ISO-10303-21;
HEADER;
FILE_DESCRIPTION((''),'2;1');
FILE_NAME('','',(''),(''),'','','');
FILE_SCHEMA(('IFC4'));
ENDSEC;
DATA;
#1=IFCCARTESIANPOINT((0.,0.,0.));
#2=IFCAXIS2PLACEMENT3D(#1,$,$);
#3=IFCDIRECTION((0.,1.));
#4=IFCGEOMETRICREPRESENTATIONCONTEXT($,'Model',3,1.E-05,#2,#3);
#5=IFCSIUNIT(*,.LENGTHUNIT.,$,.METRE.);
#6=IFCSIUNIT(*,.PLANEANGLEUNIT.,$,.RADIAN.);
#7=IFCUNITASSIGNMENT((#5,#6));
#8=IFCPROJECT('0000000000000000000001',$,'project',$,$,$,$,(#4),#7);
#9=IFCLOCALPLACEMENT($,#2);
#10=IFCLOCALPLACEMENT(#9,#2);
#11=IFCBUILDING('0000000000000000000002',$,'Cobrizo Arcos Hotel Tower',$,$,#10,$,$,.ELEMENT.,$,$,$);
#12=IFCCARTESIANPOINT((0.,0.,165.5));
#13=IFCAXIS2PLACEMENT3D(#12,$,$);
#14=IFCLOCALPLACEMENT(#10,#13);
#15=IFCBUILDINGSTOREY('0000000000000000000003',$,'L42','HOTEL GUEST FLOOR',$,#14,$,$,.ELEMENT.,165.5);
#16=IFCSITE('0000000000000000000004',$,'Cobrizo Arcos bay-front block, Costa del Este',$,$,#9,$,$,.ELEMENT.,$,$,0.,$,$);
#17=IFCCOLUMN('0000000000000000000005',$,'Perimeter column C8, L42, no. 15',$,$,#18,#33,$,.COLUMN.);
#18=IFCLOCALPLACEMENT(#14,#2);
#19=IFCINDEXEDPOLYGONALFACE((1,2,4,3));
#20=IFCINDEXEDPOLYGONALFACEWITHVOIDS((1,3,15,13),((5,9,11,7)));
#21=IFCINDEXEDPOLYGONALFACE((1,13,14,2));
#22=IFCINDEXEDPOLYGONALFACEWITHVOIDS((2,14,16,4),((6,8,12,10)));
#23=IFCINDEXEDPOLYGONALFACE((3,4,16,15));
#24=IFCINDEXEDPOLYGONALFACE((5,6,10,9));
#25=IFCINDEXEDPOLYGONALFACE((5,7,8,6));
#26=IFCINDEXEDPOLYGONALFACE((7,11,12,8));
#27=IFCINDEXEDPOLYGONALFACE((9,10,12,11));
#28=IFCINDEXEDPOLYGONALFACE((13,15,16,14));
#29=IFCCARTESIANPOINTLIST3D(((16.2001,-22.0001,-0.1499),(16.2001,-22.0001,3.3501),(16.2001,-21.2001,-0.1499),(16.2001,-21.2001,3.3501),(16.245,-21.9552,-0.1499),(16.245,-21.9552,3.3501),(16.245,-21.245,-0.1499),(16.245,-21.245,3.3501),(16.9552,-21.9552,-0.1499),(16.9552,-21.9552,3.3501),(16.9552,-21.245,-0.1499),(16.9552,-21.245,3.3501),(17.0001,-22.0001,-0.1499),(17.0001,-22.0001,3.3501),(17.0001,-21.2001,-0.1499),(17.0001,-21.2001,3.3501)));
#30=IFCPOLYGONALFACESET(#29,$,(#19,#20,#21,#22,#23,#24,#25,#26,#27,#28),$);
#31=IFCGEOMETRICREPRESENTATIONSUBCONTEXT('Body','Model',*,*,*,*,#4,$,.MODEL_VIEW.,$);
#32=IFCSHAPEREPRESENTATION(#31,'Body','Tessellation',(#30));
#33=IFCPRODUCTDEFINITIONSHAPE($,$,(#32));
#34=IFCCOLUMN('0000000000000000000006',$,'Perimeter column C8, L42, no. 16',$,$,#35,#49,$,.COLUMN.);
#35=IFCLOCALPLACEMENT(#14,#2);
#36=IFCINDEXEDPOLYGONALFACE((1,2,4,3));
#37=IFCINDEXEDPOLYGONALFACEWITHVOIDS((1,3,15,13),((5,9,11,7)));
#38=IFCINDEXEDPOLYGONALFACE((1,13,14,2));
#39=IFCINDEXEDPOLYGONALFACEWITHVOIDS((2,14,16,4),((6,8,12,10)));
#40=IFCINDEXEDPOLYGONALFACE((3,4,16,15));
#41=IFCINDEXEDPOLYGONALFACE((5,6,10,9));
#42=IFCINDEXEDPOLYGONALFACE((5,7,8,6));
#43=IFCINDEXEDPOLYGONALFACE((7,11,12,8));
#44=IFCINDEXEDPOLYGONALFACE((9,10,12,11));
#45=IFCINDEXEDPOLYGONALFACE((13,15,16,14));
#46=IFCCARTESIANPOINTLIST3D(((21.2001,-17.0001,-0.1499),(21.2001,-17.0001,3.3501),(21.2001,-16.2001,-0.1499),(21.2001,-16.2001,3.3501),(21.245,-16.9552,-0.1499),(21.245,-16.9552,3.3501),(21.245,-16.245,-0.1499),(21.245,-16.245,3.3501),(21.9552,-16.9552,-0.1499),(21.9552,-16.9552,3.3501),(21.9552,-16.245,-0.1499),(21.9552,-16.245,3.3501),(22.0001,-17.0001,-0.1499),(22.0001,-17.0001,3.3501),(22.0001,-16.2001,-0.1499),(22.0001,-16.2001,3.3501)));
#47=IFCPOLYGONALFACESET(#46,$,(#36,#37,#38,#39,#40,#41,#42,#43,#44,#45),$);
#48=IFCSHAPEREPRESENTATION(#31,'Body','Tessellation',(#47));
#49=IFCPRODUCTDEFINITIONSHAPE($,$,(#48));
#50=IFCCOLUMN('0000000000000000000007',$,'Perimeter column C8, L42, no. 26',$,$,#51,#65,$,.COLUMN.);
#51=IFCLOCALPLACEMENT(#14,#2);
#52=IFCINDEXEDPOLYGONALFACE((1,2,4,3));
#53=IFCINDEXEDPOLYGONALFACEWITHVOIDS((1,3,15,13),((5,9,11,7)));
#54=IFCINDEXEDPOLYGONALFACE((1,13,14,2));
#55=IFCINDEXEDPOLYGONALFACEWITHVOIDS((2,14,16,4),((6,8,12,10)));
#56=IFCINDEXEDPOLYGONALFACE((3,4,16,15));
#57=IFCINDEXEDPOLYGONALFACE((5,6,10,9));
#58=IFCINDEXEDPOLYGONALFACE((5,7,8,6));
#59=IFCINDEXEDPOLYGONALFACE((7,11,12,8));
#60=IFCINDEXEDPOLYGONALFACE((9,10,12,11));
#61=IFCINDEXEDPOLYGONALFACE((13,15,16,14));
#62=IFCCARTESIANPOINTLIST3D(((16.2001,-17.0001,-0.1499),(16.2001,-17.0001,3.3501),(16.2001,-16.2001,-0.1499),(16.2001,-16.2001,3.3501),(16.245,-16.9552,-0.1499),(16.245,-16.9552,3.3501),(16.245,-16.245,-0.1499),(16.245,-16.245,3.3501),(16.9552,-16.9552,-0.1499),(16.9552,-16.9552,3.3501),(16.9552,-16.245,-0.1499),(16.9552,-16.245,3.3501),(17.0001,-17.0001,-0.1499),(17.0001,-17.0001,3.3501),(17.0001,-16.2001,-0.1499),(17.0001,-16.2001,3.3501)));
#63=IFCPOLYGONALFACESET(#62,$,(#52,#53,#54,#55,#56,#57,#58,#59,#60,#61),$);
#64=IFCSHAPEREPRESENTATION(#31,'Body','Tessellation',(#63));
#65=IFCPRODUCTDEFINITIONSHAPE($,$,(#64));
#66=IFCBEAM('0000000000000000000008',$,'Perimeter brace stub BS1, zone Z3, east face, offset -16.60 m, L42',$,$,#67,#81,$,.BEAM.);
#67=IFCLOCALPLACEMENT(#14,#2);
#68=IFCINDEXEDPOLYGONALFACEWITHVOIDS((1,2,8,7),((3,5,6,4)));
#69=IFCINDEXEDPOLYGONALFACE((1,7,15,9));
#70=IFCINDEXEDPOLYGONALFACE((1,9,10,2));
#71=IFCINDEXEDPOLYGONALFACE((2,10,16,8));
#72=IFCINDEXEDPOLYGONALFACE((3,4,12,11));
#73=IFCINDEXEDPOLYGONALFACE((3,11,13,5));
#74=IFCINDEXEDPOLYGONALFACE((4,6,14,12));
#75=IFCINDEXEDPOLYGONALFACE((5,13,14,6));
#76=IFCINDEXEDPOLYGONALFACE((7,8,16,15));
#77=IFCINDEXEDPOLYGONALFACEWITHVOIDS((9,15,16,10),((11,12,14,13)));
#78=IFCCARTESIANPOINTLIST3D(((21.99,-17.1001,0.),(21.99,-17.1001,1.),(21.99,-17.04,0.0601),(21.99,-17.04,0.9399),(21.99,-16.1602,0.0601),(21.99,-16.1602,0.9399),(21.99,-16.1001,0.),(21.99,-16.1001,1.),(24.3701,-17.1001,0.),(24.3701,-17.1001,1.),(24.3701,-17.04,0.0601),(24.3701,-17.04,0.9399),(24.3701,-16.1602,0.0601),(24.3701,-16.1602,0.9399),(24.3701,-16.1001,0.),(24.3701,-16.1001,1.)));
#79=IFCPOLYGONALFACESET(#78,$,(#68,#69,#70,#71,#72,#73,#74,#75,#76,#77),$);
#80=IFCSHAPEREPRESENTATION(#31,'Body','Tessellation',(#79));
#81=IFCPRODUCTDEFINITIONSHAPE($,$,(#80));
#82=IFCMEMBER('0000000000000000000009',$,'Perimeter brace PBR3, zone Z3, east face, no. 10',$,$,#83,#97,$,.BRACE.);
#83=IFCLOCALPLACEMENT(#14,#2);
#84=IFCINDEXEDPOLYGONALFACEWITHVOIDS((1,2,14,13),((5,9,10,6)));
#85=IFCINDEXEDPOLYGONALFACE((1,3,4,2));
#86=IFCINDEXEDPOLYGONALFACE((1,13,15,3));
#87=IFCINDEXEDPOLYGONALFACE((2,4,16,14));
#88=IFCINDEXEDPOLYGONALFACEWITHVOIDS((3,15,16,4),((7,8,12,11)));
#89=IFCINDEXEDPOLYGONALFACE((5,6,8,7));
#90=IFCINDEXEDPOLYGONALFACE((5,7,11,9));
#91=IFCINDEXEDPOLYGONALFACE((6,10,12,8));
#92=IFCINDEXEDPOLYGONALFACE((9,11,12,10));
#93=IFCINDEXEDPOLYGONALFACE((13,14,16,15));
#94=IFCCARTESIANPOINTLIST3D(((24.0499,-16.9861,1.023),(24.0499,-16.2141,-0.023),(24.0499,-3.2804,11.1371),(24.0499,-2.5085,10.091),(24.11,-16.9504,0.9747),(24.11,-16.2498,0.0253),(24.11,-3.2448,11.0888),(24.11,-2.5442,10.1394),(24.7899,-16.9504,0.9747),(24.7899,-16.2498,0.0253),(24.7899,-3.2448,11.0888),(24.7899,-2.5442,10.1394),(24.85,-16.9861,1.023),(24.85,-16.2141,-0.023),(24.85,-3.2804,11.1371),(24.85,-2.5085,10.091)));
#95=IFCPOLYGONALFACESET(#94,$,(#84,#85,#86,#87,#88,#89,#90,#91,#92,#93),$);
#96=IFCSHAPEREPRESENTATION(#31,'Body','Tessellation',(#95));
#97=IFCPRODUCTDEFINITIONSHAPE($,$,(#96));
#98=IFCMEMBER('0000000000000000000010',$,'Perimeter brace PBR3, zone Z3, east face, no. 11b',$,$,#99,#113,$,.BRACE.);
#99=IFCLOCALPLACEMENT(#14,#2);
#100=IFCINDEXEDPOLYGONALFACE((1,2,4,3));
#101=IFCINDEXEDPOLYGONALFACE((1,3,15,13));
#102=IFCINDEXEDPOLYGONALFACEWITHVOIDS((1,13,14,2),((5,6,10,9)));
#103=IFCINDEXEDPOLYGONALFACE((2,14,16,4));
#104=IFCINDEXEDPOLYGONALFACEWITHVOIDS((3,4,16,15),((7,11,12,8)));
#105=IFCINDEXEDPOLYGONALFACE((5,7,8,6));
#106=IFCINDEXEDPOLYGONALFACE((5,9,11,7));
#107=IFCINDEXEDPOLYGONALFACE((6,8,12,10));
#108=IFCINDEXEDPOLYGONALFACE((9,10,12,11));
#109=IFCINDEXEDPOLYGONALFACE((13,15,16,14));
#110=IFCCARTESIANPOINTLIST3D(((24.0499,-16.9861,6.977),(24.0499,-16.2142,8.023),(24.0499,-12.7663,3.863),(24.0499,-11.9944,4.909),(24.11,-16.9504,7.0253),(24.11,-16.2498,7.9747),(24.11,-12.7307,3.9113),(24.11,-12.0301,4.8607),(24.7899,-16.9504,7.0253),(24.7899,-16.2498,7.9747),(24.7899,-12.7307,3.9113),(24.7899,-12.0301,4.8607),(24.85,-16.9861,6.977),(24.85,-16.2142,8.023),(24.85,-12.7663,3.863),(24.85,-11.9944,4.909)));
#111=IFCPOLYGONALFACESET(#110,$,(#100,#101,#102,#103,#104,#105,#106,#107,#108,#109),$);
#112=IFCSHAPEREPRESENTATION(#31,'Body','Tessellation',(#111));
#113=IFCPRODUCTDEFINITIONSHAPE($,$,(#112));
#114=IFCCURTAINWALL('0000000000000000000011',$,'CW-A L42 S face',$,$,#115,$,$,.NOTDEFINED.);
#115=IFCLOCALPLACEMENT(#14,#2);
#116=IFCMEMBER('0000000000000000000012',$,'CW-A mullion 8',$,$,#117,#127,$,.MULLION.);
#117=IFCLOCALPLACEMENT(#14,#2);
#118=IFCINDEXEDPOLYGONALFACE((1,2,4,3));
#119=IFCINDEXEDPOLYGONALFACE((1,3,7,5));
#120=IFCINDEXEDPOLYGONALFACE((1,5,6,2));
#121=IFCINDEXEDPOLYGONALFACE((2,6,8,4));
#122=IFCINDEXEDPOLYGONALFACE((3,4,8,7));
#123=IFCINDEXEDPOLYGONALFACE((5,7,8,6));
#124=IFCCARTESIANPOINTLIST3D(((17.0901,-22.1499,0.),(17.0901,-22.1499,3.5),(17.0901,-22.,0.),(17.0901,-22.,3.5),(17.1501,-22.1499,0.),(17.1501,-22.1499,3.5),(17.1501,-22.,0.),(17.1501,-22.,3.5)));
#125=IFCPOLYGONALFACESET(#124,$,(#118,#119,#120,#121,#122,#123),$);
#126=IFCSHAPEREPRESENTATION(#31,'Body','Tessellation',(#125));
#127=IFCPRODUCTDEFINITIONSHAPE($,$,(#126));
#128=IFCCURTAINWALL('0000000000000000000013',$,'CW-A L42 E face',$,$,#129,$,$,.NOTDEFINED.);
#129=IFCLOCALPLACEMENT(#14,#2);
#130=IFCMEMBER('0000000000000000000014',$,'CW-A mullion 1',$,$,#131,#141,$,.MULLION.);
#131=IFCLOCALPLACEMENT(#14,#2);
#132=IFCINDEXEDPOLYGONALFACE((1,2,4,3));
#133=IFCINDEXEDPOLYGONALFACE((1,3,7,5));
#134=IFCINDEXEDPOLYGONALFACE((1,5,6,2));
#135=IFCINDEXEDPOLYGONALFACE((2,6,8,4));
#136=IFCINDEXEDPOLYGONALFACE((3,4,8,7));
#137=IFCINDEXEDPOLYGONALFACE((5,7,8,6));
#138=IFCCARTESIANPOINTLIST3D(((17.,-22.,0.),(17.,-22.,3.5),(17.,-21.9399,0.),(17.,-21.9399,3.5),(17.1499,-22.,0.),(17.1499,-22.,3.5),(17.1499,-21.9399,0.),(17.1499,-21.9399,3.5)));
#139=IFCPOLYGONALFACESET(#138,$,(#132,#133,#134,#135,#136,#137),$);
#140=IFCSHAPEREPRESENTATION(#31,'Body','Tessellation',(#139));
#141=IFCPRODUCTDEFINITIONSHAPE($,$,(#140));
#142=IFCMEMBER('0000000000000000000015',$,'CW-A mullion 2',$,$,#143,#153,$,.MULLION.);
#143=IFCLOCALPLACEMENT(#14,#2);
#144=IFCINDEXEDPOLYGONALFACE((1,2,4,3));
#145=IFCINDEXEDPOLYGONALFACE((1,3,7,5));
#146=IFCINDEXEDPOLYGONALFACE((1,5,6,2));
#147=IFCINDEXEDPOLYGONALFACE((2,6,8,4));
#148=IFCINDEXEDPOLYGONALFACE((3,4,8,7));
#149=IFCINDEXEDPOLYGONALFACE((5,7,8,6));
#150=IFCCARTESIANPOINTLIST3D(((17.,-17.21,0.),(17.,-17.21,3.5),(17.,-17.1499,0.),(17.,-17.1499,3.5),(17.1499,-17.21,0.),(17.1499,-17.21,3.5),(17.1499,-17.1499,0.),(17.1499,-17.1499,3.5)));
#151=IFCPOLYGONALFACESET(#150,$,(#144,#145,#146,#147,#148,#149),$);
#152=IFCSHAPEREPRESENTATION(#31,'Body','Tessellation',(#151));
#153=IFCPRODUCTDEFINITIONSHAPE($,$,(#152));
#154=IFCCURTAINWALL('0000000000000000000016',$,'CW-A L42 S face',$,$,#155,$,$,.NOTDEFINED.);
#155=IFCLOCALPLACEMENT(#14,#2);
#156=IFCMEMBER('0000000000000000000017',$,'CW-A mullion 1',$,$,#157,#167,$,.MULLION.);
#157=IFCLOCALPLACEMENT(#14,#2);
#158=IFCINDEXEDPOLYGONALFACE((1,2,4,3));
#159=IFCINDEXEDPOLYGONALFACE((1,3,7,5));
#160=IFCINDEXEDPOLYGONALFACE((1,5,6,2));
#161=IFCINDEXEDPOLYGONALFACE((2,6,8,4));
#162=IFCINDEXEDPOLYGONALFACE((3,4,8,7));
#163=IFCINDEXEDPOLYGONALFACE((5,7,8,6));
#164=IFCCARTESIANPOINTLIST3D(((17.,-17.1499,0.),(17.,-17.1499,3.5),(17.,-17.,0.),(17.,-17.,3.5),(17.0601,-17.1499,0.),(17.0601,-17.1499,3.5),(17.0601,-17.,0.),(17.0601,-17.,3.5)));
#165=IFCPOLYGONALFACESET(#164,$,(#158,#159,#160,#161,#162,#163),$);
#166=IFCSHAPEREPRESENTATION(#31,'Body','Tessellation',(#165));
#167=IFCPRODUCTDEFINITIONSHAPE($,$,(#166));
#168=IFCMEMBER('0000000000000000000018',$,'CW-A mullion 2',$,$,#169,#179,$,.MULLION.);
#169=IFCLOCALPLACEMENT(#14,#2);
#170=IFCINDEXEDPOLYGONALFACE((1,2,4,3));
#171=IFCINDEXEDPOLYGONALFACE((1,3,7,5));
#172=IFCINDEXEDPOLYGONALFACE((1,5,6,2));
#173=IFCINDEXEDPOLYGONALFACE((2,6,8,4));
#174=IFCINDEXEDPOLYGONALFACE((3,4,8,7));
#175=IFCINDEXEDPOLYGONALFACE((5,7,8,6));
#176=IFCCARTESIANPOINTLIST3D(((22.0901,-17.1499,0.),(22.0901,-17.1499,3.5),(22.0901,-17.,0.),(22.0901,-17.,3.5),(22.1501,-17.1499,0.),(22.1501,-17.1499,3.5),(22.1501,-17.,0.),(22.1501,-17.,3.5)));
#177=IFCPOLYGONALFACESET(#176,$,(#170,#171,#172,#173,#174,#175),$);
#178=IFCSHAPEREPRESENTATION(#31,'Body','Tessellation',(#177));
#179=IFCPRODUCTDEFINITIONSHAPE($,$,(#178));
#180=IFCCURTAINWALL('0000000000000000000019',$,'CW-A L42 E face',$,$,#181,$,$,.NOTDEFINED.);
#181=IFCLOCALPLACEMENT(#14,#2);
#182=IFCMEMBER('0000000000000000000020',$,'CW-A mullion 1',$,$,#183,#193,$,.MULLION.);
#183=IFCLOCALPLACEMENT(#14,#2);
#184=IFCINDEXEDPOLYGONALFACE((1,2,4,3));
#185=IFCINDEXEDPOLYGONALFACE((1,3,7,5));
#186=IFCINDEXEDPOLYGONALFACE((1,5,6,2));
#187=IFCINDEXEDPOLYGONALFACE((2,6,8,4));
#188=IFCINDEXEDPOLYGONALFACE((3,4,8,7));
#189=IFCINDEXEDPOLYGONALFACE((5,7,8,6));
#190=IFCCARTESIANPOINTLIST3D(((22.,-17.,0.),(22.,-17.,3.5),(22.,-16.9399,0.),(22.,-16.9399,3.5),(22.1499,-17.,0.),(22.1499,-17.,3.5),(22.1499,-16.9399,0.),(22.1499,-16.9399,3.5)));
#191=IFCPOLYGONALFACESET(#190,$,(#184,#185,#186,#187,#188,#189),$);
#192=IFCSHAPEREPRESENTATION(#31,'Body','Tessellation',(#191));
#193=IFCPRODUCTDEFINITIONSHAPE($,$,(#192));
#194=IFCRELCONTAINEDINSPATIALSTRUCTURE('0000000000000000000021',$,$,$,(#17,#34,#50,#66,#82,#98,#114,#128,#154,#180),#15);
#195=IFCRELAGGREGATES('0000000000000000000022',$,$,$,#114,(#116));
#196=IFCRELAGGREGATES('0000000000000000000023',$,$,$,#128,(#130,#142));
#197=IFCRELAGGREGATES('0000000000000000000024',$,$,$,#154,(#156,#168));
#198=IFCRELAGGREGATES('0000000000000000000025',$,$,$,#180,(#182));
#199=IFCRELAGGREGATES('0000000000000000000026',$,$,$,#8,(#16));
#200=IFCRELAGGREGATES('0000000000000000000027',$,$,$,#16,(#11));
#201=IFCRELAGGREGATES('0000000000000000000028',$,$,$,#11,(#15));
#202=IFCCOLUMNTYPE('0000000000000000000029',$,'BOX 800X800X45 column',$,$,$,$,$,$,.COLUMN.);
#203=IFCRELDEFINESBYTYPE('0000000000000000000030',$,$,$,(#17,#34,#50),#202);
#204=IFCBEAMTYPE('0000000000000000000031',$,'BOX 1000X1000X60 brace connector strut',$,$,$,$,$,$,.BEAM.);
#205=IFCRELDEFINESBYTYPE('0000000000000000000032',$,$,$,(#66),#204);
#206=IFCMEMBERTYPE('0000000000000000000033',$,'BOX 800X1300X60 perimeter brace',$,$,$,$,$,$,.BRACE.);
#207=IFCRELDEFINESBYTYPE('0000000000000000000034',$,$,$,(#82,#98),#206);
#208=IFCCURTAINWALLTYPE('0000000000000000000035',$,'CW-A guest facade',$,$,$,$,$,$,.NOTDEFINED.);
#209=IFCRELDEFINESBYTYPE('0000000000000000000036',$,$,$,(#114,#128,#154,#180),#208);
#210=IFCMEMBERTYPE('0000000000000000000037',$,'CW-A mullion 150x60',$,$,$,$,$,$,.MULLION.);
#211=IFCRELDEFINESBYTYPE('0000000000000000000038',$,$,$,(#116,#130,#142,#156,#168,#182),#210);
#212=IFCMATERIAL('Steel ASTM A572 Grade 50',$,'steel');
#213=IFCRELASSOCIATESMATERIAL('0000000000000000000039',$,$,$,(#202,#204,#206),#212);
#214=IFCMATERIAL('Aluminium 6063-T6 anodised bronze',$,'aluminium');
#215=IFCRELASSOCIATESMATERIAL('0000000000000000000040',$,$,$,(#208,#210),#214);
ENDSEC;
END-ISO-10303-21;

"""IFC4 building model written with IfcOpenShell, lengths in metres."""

from ifc_helpers import new_model, si_unit, direction, frame, origin, origin_2d, place, context, subcontext, project, spatial, rectangle, hollow_rectangle, extrude, material, material_profile, profile_set, type_object, element, aggregate, save


model = new_model("IFC4")

# Units and contexts
model_context = context("Model", 3, precision=1e-05, world=origin(), true_north=direction((0.0, 1.0)))
body_context = subcontext(model_context, "Body", "Model", "MODEL_VIEW")
ifc_project = project(units=[si_unit("LENGTHUNIT", "METRE"), si_unit("PLANEANGLEUNIT", "RADIAN")], contexts=[model_context])

# Site, building, storey
site_placement = place(None, origin())
site = spatial("IfcSite", under=ifc_project, at=site_placement, Name="Cobrizo Arcos bay-front block, Costa del Este", CompositionType="ELEMENT", RefElevation=0.0)
building_placement = place(site_placement, origin())
building = spatial("IfcBuilding", under=site, at=building_placement, Name="Cobrizo Arcos Hotel Tower", CompositionType="ELEMENT")
storey_placement = place(building_placement, frame((0.0, 0.0, 165.5)))
storey = spatial("IfcBuildingStorey", under=building, at=storey_placement, Name="L42", Description="HOTEL GUEST FLOOR", CompositionType="ELEMENT", Elevation=165.5)

# Columns
ifc_material_1 = material(Name="Steel ASTM A572 Grade 50", Category="steel")
ifc_material_profile_1 = material_profile(ifc_material_1, hollow_rectangle(XDim=0.8, YDim=0.8, WallThickness=0.0449, at=origin_2d()), Name="BOX 800X800X45")
ifc_profile_set_1 = profile_set([ifc_material_profile_1], Name="Steel ASTM A572 Grade 50")
column_type = type_object("IfcColumnType", Name="BOX 800X800X45 column", PredefinedType="COLUMN", material=ifc_profile_set_1)
for number, where, z_axis, x_axis, name in (
    (1, (16.6001, -21.6001, -0.1499), (0.0, 0.0, 1.0), (1.0, 0.0, 0.0), "Perimeter column C8, L42, no. 15"),
    (2, (21.6001, -16.6001, -0.1499), (0.0, 0.0, 1.0), (1.0, 0.0, 0.0), "Perimeter column C8, L42, no. 16"),
    (3, (16.6001, -16.6001, -0.1499), (0.0, 0.0, 1.0), (1.0, 0.0, 0.0), "Perimeter column C8, L42, no. 26"),
):
    element("IfcColumn", number, at=place(storey_placement, frame(where, z_axis=z_axis, x_axis=x_axis)), inside=storey, type_object=column_type, Name=name, PredefinedType="COLUMN", context=body_context, shape_type="SweptSolid", body=[
        extrude(hollow_rectangle(XDim=0.8, YDim=0.8, WallThickness=0.0449, at=origin_2d()), origin(), (0.0, 0.0, 1.0), 3.5),
    ])

# Beam
ifc_material_profile_2 = material_profile(ifc_material_1, hollow_rectangle(XDim=1.0, YDim=1.0, WallThickness=0.0601, at=origin_2d()), Name="BOX 1000X1000X60")
ifc_profile_set_2 = profile_set([ifc_material_profile_2], Name="Steel ASTM A572 Grade 50")
beam_type_1 = type_object("IfcBeamType", Name="BOX 1000X1000X60 brace connector strut", PredefinedType="BEAM", material=ifc_profile_set_2)
beam_1_placement = place(storey_placement, frame((21.99, -16.6001, 0.5), z_axis=(1.0, 0.0, 0.0), x_axis=(0.0, 1.0, 0.0)))
element("IfcBeam", 4, at=beam_1_placement, inside=storey, type_object=beam_type_1, Name="Perimeter brace stub BS1, zone Z3, east face, offset -16.60 m, L42", PredefinedType="BEAM", context=body_context, shape_type="SweptSolid", body=[
    extrude(hollow_rectangle(XDim=1.0, YDim=1.0, WallThickness=0.0601, at=origin_2d()), origin(), (0.0, 0.0, 1.0), 2.3801),
])

# Members
ifc_material_profile_3 = material_profile(ifc_material_1, hollow_rectangle(XDim=0.8, YDim=1.3, WallThickness=0.0601, at=origin_2d()), Name="BOX 800X1300X60")
ifc_profile_set_3 = profile_set([ifc_material_profile_3], Name="Steel ASTM A572 Grade 50")
member_type_1 = type_object("IfcMemberType", Name="BOX 800X1300X60 perimeter brace", PredefinedType="BRACE", material=ifc_profile_set_3)
member_1_placement = place(storey_placement, frame((24.45, -16.6001, 0.5), z_axis=(0.0, 0.80463, 0.593776), x_axis=(-1.0, 0.0, 0.0)))
element("IfcMember", 5, at=member_1_placement, inside=storey, type_object=member_type_1, Name="Perimeter brace PBR3, zone Z3, east face, no. 10", PredefinedType="BRACE", context=body_context, shape_type="SweptSolid", body=[
    extrude(hollow_rectangle(XDim=0.8, YDim=1.3, WallThickness=0.0601, at=origin_2d()), origin(), (0.0, 0.0, 1.0), 17.0334),
])
member_2_placement = place(storey_placement, frame((24.45, -12.3804, 4.386), z_axis=(0.0, -0.804624, 0.593785), x_axis=(1.0, 0.0, 0.0)))
element("IfcMember", 6, at=member_2_placement, inside=storey, type_object=member_type_1, Name="Perimeter brace PBR3, zone Z3, east face, no. 11b", PredefinedType="BRACE", context=body_context, shape_type="SweptSolid", body=[
    extrude(hollow_rectangle(XDim=0.8, YDim=1.3, WallThickness=0.0601, at=origin_2d()), origin(), (0.0, 0.0, 1.0), 5.2444),
])

# Curtain wall, member
ifc_material_2 = material(Name="Aluminium 6063-T6 anodised bronze", Category="aluminium")
curtain_wall_type = type_object("IfcCurtainWallType", Name="CW-A guest facade", PredefinedType="NOTDEFINED", material=ifc_material_2)
curtain_wall_1_placement = place(storey_placement, origin())
curtain_wall_1 = element("IfcCurtainWall", 7, at=curtain_wall_1_placement, inside=storey, type_object=curtain_wall_type, Name="CW-A L42 S face", PredefinedType="NOTDEFINED")
ifc_material_profile_4 = material_profile(ifc_material_2, rectangle(XDim=0.1499, YDim=0.0601, at=origin_2d()), Name="CW-A mullion 150x60")
ifc_profile_set_4 = profile_set([ifc_material_profile_4], Name="Aluminium 6063-T6 anodised bronze")
member_type_2 = type_object("IfcMemberType", Name="CW-A mullion 150x60", PredefinedType="MULLION", material=ifc_profile_set_4)
member_3_placement = place(storey_placement, frame((17.1201, -22.075, 0.0), z_axis=(0.0, 0.0, 1.0), x_axis=(0.0, -1.0, 0.0)))
member_3 = element("IfcMember", 8, at=member_3_placement, type_object=member_type_2, Name="CW-A mullion 8", PredefinedType="MULLION", context=body_context, shape_type="SweptSolid", body=[
    extrude(rectangle(XDim=0.1499, YDim=0.0601, at=origin_2d()), origin(), (0.0, 0.0, 1.0), 3.5),
])
aggregate(curtain_wall_1, [member_3])

# Curtain walls, members
curtain_wall_2_placement = place(storey_placement, origin())
curtain_wall_2 = element("IfcCurtainWall", 9, at=curtain_wall_2_placement, inside=storey, type_object=curtain_wall_type, Name="CW-A L42 E face", PredefinedType="NOTDEFINED")
member_4_placement = place(storey_placement, frame((17.075, -21.97, 0.0), z_axis=(0.0, 0.0, 1.0), x_axis=(1.0, 0.0, 0.0)))
member_4 = element("IfcMember", 10, at=member_4_placement, type_object=member_type_2, Name="CW-A mullion 1", PredefinedType="MULLION", context=body_context, shape_type="SweptSolid", body=[
    extrude(rectangle(XDim=0.1499, YDim=0.0601, at=origin_2d()), origin(), (0.0, 0.0, 1.0), 3.5),
])
member_5_placement = place(storey_placement, frame((17.075, -17.1799, 0.0), z_axis=(0.0, 0.0, 1.0), x_axis=(1.0, 0.0, 0.0)))
member_5 = element("IfcMember", 11, at=member_5_placement, type_object=member_type_2, Name="CW-A mullion 2", PredefinedType="MULLION", context=body_context, shape_type="SweptSolid", body=[
    extrude(rectangle(XDim=0.1499, YDim=0.0601, at=origin_2d()), origin(), (0.0, 0.0, 1.0), 3.5),
])
curtain_wall_3_placement = place(storey_placement, origin())
curtain_wall_3 = element("IfcCurtainWall", 12, at=curtain_wall_3_placement, inside=storey, type_object=curtain_wall_type, Name="CW-A L42 S face", PredefinedType="NOTDEFINED")
member_6_placement = place(storey_placement, frame((17.03, -17.075, 0.0), z_axis=(0.0, 0.0, 1.0), x_axis=(0.0, -1.0, 0.0)))
member_6 = element("IfcMember", 13, at=member_6_placement, type_object=member_type_2, Name="CW-A mullion 1", PredefinedType="MULLION", context=body_context, shape_type="SweptSolid", body=[
    extrude(rectangle(XDim=0.1499, YDim=0.0601, at=origin_2d()), origin(), (0.0, 0.0, 1.0), 3.5),
])
member_7_placement = place(storey_placement, frame((22.1201, -17.075, 0.0), z_axis=(0.0, 0.0, 1.0), x_axis=(0.0, -1.0, 0.0)))
member_7 = element("IfcMember", 14, at=member_7_placement, type_object=member_type_2, Name="CW-A mullion 2", PredefinedType="MULLION", context=body_context, shape_type="SweptSolid", body=[
    extrude(rectangle(XDim=0.1499, YDim=0.0601, at=origin_2d()), origin(), (0.0, 0.0, 1.0), 3.5),
])

# Curtain wall, member
curtain_wall_4_placement = place(storey_placement, origin())
curtain_wall_4 = element("IfcCurtainWall", 15, at=curtain_wall_4_placement, inside=storey, type_object=curtain_wall_type, Name="CW-A L42 E face", PredefinedType="NOTDEFINED")
member_8_placement = place(storey_placement, frame((22.075, -16.97, 0.0), z_axis=(0.0, 0.0, 1.0), x_axis=(1.0, 0.0, 0.0)))
member_8 = element("IfcMember", 16, at=member_8_placement, type_object=member_type_2, Name="CW-A mullion 1", PredefinedType="MULLION", context=body_context, shape_type="SweptSolid", body=[
    extrude(rectangle(XDim=0.1499, YDim=0.0601, at=origin_2d()), origin(), (0.0, 0.0, 1.0), 3.5),
])

aggregate(curtain_wall_2, [member_4, member_5])
aggregate(curtain_wall_3, [member_6, member_7])
aggregate(curtain_wall_4, [member_8])

save(model, "model.ifc")
